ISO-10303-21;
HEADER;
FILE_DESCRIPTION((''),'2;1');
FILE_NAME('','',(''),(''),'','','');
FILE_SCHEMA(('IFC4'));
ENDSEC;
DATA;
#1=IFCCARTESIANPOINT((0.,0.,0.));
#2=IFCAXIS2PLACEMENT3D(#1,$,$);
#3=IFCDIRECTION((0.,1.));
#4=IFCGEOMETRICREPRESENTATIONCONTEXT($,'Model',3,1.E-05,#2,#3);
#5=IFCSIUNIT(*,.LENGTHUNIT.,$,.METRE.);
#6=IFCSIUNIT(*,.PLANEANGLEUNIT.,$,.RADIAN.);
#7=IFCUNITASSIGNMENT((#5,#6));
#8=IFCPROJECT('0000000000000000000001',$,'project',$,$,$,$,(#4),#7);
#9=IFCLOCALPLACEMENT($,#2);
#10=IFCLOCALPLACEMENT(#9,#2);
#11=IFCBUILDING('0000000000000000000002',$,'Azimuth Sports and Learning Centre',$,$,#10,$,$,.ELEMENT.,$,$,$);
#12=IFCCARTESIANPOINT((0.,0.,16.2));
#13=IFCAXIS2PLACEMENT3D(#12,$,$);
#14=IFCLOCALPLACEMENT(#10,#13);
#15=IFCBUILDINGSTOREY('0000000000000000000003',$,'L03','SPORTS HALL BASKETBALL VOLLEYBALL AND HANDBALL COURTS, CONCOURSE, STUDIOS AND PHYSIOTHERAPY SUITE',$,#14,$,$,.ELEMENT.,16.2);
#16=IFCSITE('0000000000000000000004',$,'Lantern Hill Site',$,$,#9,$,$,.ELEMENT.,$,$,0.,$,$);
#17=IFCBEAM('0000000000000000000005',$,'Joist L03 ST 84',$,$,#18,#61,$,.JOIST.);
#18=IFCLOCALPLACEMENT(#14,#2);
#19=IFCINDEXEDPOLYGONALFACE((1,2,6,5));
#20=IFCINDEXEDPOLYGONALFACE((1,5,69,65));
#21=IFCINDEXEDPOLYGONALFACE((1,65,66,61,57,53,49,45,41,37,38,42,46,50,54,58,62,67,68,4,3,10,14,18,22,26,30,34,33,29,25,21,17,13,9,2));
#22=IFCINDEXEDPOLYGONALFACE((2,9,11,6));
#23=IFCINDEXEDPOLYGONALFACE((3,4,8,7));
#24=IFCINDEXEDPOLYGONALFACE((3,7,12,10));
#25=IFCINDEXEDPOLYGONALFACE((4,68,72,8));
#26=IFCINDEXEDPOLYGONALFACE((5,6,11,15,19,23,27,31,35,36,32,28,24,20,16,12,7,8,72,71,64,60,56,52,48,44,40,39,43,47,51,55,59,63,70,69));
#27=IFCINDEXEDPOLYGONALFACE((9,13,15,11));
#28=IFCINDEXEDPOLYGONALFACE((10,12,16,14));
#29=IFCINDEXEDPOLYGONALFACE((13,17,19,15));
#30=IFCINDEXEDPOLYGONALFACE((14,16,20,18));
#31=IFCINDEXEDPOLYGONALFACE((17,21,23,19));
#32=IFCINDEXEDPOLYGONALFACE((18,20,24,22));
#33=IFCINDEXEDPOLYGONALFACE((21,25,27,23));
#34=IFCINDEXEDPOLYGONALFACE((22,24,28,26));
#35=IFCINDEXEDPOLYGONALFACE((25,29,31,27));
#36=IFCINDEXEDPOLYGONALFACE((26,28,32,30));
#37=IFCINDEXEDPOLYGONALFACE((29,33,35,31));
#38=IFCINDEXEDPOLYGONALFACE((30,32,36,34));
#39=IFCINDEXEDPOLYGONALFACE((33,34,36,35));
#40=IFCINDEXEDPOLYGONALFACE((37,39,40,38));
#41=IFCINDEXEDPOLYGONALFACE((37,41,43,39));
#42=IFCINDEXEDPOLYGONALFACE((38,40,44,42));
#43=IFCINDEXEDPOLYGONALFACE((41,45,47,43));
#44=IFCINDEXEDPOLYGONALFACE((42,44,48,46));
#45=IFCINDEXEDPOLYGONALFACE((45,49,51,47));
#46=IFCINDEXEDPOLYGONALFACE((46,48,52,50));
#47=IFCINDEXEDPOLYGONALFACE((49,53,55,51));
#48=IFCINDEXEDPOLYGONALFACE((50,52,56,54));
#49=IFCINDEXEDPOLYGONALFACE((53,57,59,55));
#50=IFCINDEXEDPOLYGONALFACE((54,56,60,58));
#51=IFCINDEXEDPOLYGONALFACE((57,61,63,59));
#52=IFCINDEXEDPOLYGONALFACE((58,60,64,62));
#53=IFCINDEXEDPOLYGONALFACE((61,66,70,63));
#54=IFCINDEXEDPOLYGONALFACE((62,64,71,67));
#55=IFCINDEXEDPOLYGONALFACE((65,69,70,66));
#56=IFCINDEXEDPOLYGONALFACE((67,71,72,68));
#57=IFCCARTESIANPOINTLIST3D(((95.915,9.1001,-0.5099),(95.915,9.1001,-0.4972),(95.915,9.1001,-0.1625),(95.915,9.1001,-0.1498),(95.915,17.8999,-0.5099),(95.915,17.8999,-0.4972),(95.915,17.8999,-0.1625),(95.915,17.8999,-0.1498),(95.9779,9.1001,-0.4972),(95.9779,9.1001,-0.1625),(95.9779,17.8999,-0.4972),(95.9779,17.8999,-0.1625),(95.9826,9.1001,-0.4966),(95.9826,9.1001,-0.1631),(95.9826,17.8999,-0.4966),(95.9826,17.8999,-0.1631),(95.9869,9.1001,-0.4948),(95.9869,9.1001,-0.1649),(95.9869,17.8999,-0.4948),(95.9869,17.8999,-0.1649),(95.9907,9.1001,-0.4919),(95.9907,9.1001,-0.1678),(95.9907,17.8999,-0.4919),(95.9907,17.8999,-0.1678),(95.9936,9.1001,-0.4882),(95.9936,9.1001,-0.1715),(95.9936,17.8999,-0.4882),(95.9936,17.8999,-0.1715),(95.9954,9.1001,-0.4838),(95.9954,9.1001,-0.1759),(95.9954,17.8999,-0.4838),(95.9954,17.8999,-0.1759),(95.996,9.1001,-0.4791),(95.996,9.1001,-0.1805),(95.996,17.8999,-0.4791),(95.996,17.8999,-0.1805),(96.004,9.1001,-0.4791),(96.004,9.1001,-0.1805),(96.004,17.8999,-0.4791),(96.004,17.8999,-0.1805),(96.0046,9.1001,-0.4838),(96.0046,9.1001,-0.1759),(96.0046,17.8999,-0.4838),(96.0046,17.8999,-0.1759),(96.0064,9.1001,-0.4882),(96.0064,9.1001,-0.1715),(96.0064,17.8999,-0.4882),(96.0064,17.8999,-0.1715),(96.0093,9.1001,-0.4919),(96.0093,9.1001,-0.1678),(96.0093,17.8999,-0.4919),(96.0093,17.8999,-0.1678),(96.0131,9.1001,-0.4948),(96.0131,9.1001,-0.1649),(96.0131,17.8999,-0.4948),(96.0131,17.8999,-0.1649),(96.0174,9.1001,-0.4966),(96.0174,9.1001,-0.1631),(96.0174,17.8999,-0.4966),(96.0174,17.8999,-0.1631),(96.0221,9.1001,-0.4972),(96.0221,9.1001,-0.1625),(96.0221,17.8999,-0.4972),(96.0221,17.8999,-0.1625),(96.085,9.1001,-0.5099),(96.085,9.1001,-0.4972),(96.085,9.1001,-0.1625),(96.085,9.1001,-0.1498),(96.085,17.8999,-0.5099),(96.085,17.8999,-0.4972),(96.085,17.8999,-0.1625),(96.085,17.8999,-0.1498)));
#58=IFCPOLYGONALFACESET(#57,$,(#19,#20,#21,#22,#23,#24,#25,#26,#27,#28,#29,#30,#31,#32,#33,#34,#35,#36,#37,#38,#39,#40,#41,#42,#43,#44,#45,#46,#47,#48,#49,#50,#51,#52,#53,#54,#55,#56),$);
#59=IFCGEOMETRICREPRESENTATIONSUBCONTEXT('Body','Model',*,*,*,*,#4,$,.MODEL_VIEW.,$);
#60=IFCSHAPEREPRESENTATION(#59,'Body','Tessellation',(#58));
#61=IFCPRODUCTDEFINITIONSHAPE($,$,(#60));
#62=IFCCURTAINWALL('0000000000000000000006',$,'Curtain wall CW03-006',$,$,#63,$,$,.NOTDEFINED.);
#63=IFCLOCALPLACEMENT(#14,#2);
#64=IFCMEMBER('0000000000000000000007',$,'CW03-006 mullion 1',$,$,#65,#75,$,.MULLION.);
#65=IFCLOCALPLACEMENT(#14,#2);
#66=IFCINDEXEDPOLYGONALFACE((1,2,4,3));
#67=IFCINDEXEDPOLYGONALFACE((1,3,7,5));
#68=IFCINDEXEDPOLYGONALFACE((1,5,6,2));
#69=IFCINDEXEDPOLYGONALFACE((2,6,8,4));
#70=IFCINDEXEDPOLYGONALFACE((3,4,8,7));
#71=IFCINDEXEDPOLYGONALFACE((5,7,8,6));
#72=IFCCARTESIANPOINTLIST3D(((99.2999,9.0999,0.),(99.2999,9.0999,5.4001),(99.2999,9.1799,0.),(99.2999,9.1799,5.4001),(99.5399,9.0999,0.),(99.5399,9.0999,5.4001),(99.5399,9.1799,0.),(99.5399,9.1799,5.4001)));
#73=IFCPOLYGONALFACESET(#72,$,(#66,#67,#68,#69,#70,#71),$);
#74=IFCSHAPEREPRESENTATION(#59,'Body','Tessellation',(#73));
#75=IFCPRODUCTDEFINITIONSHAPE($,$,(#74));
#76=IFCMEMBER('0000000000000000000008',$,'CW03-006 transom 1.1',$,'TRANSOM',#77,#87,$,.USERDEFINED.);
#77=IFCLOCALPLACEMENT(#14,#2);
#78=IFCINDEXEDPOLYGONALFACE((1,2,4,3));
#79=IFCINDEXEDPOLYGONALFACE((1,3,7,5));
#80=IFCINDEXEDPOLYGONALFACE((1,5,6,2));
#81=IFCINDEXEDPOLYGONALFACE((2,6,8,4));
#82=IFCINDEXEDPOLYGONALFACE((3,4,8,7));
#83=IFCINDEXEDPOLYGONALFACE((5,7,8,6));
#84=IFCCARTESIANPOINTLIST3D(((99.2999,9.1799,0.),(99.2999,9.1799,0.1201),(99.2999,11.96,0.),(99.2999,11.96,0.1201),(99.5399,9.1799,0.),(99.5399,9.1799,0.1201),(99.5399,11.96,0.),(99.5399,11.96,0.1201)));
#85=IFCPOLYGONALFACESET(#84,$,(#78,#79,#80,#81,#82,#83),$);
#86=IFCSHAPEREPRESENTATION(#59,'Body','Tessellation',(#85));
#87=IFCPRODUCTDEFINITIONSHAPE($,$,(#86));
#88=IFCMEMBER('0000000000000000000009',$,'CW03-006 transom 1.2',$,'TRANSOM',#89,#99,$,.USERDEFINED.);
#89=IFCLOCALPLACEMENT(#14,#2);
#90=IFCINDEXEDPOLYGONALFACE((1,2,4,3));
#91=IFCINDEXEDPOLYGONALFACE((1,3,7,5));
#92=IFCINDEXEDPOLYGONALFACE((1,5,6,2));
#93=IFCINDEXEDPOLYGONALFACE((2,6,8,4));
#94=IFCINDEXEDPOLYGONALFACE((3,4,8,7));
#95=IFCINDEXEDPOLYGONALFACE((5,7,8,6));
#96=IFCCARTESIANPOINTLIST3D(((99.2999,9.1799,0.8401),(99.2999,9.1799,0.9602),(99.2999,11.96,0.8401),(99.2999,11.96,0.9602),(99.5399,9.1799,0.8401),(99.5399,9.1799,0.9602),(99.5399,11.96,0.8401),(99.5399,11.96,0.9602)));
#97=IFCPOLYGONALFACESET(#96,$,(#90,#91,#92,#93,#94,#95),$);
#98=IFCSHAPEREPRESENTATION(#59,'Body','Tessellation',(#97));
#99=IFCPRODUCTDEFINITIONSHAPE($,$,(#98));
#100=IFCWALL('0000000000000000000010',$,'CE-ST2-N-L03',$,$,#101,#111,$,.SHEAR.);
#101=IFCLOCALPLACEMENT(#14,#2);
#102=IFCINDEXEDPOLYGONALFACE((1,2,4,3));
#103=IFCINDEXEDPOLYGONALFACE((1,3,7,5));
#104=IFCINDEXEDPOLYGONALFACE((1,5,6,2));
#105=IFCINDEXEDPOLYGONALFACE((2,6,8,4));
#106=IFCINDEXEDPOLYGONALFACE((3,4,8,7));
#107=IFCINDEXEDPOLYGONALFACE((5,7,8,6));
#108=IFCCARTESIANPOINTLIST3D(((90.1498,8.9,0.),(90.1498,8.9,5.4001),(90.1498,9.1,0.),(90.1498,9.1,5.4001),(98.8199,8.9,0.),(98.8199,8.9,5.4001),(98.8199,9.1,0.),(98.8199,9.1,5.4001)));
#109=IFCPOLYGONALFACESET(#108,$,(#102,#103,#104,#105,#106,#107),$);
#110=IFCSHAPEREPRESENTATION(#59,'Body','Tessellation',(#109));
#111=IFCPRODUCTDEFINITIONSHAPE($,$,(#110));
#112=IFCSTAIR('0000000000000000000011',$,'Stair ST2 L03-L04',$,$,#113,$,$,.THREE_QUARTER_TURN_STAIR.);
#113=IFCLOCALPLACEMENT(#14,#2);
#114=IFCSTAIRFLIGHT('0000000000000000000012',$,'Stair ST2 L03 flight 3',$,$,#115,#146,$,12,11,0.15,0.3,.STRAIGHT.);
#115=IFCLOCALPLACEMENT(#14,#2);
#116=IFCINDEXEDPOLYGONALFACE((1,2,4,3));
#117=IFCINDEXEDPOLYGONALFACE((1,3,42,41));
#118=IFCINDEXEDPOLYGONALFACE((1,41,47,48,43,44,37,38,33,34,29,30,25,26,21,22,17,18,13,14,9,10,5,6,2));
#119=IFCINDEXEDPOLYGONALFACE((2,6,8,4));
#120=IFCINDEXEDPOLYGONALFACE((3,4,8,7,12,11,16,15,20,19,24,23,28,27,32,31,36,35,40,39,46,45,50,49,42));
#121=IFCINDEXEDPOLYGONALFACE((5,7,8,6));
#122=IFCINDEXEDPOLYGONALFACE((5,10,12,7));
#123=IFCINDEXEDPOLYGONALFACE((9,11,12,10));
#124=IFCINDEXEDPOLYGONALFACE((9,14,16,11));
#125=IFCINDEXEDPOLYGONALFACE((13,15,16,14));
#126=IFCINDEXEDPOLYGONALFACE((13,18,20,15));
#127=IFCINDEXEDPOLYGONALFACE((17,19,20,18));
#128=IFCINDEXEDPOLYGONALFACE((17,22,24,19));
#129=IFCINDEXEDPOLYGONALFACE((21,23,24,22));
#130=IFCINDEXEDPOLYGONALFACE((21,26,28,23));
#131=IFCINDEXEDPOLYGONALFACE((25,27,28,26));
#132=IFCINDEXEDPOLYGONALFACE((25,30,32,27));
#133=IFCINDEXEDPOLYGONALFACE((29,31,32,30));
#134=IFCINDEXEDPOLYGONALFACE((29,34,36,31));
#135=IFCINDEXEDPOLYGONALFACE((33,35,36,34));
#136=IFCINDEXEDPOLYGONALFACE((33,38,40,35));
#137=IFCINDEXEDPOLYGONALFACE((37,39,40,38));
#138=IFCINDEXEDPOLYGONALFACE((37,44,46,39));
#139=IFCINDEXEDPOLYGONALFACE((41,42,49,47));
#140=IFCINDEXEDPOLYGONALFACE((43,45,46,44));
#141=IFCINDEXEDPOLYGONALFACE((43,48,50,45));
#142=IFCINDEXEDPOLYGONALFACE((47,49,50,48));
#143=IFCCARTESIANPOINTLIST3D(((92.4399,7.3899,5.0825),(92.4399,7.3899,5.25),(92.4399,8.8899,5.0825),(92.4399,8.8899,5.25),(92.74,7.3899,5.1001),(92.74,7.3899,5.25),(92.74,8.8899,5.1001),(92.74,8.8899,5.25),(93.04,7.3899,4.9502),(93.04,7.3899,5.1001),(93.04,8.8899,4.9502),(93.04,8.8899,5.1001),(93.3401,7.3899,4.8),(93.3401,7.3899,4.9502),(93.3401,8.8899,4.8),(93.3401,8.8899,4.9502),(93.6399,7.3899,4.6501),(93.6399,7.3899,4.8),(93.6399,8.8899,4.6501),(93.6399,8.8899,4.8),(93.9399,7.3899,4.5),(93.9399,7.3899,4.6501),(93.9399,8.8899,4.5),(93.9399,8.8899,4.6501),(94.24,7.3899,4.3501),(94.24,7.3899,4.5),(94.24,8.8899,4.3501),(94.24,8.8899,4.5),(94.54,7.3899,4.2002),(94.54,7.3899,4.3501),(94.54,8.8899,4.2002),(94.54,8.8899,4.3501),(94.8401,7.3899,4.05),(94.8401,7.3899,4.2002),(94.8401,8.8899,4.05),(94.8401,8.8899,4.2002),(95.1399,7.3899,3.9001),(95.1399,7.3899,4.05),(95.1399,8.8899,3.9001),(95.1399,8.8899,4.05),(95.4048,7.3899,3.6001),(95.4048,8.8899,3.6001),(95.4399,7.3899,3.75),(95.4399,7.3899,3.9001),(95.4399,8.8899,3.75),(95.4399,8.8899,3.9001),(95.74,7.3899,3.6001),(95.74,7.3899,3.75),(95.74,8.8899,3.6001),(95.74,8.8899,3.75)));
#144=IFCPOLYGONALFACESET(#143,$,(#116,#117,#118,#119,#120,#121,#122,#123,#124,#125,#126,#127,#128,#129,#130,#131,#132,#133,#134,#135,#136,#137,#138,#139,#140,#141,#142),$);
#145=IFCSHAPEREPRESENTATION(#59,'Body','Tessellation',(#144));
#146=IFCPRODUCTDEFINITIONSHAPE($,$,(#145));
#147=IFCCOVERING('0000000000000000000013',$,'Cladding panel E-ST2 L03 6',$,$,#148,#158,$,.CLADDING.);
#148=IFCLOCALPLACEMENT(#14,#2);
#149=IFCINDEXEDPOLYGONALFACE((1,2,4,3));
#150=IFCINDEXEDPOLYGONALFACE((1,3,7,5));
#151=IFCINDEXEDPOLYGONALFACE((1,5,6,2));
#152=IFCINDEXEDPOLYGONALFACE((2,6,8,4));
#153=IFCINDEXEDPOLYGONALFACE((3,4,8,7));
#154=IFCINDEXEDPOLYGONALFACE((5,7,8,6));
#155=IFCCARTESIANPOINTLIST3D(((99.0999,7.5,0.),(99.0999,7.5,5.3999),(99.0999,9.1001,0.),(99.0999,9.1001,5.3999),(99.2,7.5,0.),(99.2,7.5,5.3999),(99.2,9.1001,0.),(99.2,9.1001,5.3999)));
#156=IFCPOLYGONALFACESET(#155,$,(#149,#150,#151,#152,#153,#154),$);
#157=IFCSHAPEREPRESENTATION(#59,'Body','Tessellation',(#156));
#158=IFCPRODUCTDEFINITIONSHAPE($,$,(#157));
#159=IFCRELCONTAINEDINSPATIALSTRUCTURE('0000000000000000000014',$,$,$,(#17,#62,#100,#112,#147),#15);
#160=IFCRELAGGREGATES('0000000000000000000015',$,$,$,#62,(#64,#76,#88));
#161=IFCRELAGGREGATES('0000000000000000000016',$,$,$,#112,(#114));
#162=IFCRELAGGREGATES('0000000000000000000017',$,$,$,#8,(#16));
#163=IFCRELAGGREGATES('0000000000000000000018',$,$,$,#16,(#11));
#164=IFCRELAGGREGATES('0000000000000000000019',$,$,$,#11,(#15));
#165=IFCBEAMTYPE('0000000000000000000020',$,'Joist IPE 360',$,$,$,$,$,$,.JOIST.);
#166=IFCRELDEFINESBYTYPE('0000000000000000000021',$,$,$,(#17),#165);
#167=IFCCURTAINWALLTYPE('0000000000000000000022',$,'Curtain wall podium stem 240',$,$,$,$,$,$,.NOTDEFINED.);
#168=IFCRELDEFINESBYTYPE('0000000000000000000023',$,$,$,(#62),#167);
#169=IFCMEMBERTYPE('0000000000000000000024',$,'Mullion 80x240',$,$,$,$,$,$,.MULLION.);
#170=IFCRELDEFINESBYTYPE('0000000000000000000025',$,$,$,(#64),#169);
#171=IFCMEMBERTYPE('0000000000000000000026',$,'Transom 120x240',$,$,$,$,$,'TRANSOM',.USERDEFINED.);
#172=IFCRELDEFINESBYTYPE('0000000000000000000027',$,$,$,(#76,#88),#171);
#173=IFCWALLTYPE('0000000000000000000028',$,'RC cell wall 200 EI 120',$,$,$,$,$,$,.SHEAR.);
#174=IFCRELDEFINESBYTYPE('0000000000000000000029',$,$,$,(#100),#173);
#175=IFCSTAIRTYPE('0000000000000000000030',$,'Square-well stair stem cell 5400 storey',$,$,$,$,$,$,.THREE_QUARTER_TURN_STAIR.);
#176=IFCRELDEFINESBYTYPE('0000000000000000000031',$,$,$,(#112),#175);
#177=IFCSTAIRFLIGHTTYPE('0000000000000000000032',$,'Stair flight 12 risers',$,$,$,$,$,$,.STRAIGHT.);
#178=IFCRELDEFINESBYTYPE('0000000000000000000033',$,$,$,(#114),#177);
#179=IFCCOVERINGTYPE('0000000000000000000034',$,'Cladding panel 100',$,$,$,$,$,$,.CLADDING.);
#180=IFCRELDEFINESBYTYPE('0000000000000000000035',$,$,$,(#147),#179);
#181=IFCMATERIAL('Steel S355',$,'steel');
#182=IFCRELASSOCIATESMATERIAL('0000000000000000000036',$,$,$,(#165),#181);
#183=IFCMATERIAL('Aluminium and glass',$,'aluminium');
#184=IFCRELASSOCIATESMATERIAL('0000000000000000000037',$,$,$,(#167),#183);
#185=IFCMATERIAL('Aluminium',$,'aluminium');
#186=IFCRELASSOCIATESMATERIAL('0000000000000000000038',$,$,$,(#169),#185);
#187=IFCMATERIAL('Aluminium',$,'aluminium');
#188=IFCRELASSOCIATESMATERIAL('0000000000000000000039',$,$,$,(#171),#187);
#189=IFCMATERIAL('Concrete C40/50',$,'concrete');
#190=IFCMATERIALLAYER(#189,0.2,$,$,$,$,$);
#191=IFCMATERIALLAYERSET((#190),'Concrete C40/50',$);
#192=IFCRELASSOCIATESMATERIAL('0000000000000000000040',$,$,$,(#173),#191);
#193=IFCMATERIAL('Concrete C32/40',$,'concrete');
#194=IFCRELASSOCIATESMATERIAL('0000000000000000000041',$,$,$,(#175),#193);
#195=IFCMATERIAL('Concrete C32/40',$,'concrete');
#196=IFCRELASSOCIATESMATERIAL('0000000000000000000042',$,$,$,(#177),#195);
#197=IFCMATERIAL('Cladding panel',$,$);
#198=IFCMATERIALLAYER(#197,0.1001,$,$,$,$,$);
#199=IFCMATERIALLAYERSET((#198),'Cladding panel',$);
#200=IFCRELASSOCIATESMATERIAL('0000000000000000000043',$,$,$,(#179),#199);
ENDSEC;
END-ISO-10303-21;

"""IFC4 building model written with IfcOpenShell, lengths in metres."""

from ifc_helpers import new_model, si_unit, direction, frame, frame_2d, origin, origin_2d, place, context, subcontext, project, spatial, polyline, rectangle, i_section, outline, extrude, material, layer, layer_set, material_profile, profile_set, type_object, element, aggregate, save


model = new_model("IFC4")

# Units and contexts
model_context = context("Model", 3, precision=1e-05, world=origin(), true_north=direction((0.0, 1.0)))
body_context = subcontext(model_context, "Body", "Model", "MODEL_VIEW")
ifc_project = project(units=[si_unit("LENGTHUNIT", "METRE"), si_unit("PLANEANGLEUNIT", "RADIAN")], contexts=[model_context])

# Site, building, storey
site_placement = place(None, origin())
site = spatial("IfcSite", under=ifc_project, at=site_placement, Name="Lantern Hill Site", CompositionType="ELEMENT", RefElevation=0.0)
building_placement = place(site_placement, origin())
building = spatial("IfcBuilding", under=site, at=building_placement, Name="Azimuth Sports and Learning Centre", CompositionType="ELEMENT")
storey_placement = place(building_placement, frame((0.0, 0.0, 16.2)))
storey = spatial("IfcBuildingStorey", under=building, at=storey_placement, Name="L03", Description="SPORTS HALL BASKETBALL VOLLEYBALL AND HANDBALL COURTS, CONCOURSE, STUDIOS AND PHYSIOTHERAPY SUITE", CompositionType="ELEMENT", Elevation=16.2)

# Beam
ifc_material_1 = material(Name="Steel S355", Category="steel")
ifc_material_profile_1 = material_profile(ifc_material_1, i_section(OverallWidth=0.1699, OverallDepth=0.3601, WebThickness=0.0081, FlangeThickness=0.0127, FilletRadius=0.0181, at=origin_2d()), Name="IPE 360")
ifc_profile_set_1 = profile_set([ifc_material_profile_1], Name="Steel S355")
beam_type_1 = type_object("IfcBeamType", Name="Joist IPE 360", PredefinedType="JOIST", material=ifc_profile_set_1)
for number, where, z_axis, x_axis, name in (
    (1, (96.0, 9.1001, -0.3298), (0.0, 1.0, 0.0), (-1.0, 0.0, 0.0), "Joist L03 ST 84"),
):
    element("IfcBeam", number, at=place(storey_placement, frame(where, z_axis=z_axis, x_axis=x_axis)), inside=storey, type_object=beam_type_1, Name=name, PredefinedType="JOIST", context=body_context, shape_type="SweptSolid", body=[
        extrude(i_section(OverallWidth=0.1699, OverallDepth=0.3601, WebThickness=0.0081, FlangeThickness=0.0127, FilletRadius=0.0181, at=origin_2d()), origin(), (0.0, 0.0, 1.0), 8.7998),
    ])

# Curtain wall, members
ifc_material_2 = material(Name="Aluminium and glass", Category="aluminium")
curtain_wall_type = type_object("IfcCurtainWallType", Name="Curtain wall podium stem 240", PredefinedType="NOTDEFINED", material=ifc_material_2)
curtain_wall_placement = place(storey_placement, origin())
curtain_wall = element("IfcCurtainWall", 2, at=curtain_wall_placement, inside=storey, type_object=curtain_wall_type, Name="Curtain wall CW03-006", PredefinedType="NOTDEFINED")
ifc_material_3 = material(Name="Aluminium", Category="aluminium")
ifc_material_profile_2 = material_profile(ifc_material_3, rectangle(XDim=0.24, YDim=0.0801, at=origin_2d()), Name="Mullion 80x240")
ifc_profile_set_2 = profile_set([ifc_material_profile_2], Name="Aluminium")
member_type_1 = type_object("IfcMemberType", Name="Mullion 80x240", PredefinedType="MULLION", material=ifc_profile_set_2)
member_1_placement = place(storey_placement, frame((99.4199, 9.1399, 0.0), z_axis=(0.0, 0.0, 1.0), x_axis=(-1.0, 0.0, 0.0)))
member_1 = element("IfcMember", 3, at=member_1_placement, type_object=member_type_1, Name="CW03-006 mullion 1", PredefinedType="MULLION", context=body_context, shape_type="SweptSolid", body=[
    extrude(rectangle(XDim=0.24, YDim=0.0801, at=origin_2d()), origin(), (0.0, 0.0, 1.0), 5.4001),
])
ifc_material_4 = material(Name="Aluminium", Category="aluminium")
ifc_material_profile_3 = material_profile(ifc_material_4, rectangle(XDim=0.24, YDim=0.1201, at=origin_2d()), Name="Transom 120x240")
ifc_profile_set_3 = profile_set([ifc_material_profile_3], Name="Aluminium")
member_type_2 = type_object("IfcMemberType", Name="Transom 120x240", ElementType="TRANSOM", PredefinedType="USERDEFINED", material=ifc_profile_set_3)
member_2_placement = place(storey_placement, frame((99.4199, 9.1799, 0.0601), z_axis=(0.0, 1.0, 0.0), x_axis=(-1.0, 0.0, 0.0)))
member_2 = element("IfcMember", 4, at=member_2_placement, type_object=member_type_2, Name="CW03-006 transom 1.1", ObjectType="TRANSOM", PredefinedType="USERDEFINED", context=body_context, shape_type="SweptSolid", body=[
    extrude(rectangle(XDim=0.24, YDim=0.1201, at=origin_2d()), origin(), (0.0, 0.0, 1.0), 2.78),
])
member_3_placement = place(storey_placement, frame((99.4199, 9.1799, 0.9001), z_axis=(0.0, 1.0, 0.0), x_axis=(-1.0, 0.0, 0.0)))
member_3 = element("IfcMember", 5, at=member_3_placement, type_object=member_type_2, Name="CW03-006 transom 1.2", ObjectType="TRANSOM", PredefinedType="USERDEFINED", context=body_context, shape_type="SweptSolid", body=[
    extrude(rectangle(XDim=0.24, YDim=0.1201, at=origin_2d()), origin(), (0.0, 0.0, 1.0), 2.78),
])
aggregate(curtain_wall, [member_1, member_2, member_3])

# Wall
ifc_material_5 = material(Name="Concrete C40/50", Category="concrete")
ifc_layer_1 = layer(ifc_material_5, 0.2)
ifc_layer_set_1 = layer_set([ifc_layer_1], Name="Concrete C40/50")
wall_type = type_object("IfcWallType", Name="RC cell wall 200 EI 120", PredefinedType="SHEAR", material=ifc_layer_set_1)
wall_placement = place(storey_placement, frame((90.1499, 9.0, 0.0), z_axis=(0.0, 0.0, 1.0), x_axis=(1.0, 0.0, 0.0)))
element("IfcWall", 6, at=wall_placement, inside=storey, type_object=wall_type, Name="CE-ST2-N-L03", PredefinedType="SHEAR", context=body_context, shape_type="SweptSolid", body=[
    extrude(rectangle(XDim=8.6702, YDim=0.2, at=frame_2d((4.335, 0.0))), origin(), (0.0, 0.0, 1.0), 5.4001),
])

# Stair, stair flight
ifc_material_6 = material(Name="Concrete C32/40", Category="concrete")
stair_type = type_object("IfcStairType", Name="Square-well stair stem cell 5400 storey", PredefinedType="THREE_QUARTER_TURN_STAIR", material=ifc_material_6)
stair_placement = place(storey_placement, origin())
stair = element("IfcStair", 7, at=stair_placement, inside=storey, type_object=stair_type, Name="Stair ST2 L03-L04", PredefinedType="THREE_QUARTER_TURN_STAIR")
ifc_material_7 = material(Name="Concrete C32/40", Category="concrete")
stair_flight_type = type_object("IfcStairFlightType", Name="Stair flight 12 risers", PredefinedType="STRAIGHT", material=ifc_material_7)
stair_flight_placement = place(storey_placement, frame((95.74, 8.1399, 3.6001), z_axis=(0.0, 0.0, 1.0), x_axis=(-1.0, 0.0, 0.0)))
stair_flight = element("IfcStairFlight", 8, at=stair_flight_placement, type_object=stair_flight_type, Name="Stair ST2 L03 flight 3", NumberOfRisers=12, NumberOfTreads=11, PredefinedType="STRAIGHT", RiserHeight=0.15, TreadLength=0.3, context=body_context, shape_type="SweptSolid", body=[
    extrude(outline(polyline([(0.0, 0.0), (0.0, 0.1499), (0.3, 0.1499), (0.3, 0.3), (0.6001, 0.3), (0.6001, 0.45), (0.8999, 0.45), (0.8999, 0.6001), (1.2, 0.6001), (1.2, 0.75), (1.5, 0.75), (1.5, 0.8999), (1.8, 0.8999), (1.8, 1.05), (2.1001, 1.05), (2.1001, 1.2), (2.3999, 1.2), (2.3999, 1.3501), (2.7, 1.3501), (2.7, 1.5), (3.0, 1.5), (3.0, 1.6499), (3.3, 1.6499), (3.3, 1.8), (3.3, 1.4824), (0.3352, 0.0), (0.0, 0.0)])), frame((0.0, 0.75, 0.0), z_axis=(0.0, -1.0, 0.0), x_axis=(1.0, 0.0, 0.0)), (0.0, 0.0, 1.0), 1.5),
])
aggregate(stair, [stair_flight])

# Covering
ifc_material_8 = material(Name="Cladding panel")
ifc_layer_2 = layer(ifc_material_8, 0.1001)
ifc_layer_set_2 = layer_set([ifc_layer_2], Name="Cladding panel")
covering_type = type_object("IfcCoveringType", Name="Cladding panel 100", PredefinedType="CLADDING", material=ifc_layer_set_2)
covering_placement = place(storey_placement, frame((99.1499, 8.3, 0.0), z_axis=(0.0, 0.0, 1.0), x_axis=(0.0, 1.0, 0.0)))
element("IfcCovering", 9, at=covering_placement, inside=storey, type_object=covering_type, Name="Cladding panel E-ST2 L03 6", PredefinedType="CLADDING", context=body_context, shape_type="SweptSolid", body=[
    extrude(rectangle(XDim=1.6001, YDim=0.1001, at=origin_2d()), origin(), (0.0, 0.0, 1.0), 5.3999),
])

save(model, "model.ifc")
